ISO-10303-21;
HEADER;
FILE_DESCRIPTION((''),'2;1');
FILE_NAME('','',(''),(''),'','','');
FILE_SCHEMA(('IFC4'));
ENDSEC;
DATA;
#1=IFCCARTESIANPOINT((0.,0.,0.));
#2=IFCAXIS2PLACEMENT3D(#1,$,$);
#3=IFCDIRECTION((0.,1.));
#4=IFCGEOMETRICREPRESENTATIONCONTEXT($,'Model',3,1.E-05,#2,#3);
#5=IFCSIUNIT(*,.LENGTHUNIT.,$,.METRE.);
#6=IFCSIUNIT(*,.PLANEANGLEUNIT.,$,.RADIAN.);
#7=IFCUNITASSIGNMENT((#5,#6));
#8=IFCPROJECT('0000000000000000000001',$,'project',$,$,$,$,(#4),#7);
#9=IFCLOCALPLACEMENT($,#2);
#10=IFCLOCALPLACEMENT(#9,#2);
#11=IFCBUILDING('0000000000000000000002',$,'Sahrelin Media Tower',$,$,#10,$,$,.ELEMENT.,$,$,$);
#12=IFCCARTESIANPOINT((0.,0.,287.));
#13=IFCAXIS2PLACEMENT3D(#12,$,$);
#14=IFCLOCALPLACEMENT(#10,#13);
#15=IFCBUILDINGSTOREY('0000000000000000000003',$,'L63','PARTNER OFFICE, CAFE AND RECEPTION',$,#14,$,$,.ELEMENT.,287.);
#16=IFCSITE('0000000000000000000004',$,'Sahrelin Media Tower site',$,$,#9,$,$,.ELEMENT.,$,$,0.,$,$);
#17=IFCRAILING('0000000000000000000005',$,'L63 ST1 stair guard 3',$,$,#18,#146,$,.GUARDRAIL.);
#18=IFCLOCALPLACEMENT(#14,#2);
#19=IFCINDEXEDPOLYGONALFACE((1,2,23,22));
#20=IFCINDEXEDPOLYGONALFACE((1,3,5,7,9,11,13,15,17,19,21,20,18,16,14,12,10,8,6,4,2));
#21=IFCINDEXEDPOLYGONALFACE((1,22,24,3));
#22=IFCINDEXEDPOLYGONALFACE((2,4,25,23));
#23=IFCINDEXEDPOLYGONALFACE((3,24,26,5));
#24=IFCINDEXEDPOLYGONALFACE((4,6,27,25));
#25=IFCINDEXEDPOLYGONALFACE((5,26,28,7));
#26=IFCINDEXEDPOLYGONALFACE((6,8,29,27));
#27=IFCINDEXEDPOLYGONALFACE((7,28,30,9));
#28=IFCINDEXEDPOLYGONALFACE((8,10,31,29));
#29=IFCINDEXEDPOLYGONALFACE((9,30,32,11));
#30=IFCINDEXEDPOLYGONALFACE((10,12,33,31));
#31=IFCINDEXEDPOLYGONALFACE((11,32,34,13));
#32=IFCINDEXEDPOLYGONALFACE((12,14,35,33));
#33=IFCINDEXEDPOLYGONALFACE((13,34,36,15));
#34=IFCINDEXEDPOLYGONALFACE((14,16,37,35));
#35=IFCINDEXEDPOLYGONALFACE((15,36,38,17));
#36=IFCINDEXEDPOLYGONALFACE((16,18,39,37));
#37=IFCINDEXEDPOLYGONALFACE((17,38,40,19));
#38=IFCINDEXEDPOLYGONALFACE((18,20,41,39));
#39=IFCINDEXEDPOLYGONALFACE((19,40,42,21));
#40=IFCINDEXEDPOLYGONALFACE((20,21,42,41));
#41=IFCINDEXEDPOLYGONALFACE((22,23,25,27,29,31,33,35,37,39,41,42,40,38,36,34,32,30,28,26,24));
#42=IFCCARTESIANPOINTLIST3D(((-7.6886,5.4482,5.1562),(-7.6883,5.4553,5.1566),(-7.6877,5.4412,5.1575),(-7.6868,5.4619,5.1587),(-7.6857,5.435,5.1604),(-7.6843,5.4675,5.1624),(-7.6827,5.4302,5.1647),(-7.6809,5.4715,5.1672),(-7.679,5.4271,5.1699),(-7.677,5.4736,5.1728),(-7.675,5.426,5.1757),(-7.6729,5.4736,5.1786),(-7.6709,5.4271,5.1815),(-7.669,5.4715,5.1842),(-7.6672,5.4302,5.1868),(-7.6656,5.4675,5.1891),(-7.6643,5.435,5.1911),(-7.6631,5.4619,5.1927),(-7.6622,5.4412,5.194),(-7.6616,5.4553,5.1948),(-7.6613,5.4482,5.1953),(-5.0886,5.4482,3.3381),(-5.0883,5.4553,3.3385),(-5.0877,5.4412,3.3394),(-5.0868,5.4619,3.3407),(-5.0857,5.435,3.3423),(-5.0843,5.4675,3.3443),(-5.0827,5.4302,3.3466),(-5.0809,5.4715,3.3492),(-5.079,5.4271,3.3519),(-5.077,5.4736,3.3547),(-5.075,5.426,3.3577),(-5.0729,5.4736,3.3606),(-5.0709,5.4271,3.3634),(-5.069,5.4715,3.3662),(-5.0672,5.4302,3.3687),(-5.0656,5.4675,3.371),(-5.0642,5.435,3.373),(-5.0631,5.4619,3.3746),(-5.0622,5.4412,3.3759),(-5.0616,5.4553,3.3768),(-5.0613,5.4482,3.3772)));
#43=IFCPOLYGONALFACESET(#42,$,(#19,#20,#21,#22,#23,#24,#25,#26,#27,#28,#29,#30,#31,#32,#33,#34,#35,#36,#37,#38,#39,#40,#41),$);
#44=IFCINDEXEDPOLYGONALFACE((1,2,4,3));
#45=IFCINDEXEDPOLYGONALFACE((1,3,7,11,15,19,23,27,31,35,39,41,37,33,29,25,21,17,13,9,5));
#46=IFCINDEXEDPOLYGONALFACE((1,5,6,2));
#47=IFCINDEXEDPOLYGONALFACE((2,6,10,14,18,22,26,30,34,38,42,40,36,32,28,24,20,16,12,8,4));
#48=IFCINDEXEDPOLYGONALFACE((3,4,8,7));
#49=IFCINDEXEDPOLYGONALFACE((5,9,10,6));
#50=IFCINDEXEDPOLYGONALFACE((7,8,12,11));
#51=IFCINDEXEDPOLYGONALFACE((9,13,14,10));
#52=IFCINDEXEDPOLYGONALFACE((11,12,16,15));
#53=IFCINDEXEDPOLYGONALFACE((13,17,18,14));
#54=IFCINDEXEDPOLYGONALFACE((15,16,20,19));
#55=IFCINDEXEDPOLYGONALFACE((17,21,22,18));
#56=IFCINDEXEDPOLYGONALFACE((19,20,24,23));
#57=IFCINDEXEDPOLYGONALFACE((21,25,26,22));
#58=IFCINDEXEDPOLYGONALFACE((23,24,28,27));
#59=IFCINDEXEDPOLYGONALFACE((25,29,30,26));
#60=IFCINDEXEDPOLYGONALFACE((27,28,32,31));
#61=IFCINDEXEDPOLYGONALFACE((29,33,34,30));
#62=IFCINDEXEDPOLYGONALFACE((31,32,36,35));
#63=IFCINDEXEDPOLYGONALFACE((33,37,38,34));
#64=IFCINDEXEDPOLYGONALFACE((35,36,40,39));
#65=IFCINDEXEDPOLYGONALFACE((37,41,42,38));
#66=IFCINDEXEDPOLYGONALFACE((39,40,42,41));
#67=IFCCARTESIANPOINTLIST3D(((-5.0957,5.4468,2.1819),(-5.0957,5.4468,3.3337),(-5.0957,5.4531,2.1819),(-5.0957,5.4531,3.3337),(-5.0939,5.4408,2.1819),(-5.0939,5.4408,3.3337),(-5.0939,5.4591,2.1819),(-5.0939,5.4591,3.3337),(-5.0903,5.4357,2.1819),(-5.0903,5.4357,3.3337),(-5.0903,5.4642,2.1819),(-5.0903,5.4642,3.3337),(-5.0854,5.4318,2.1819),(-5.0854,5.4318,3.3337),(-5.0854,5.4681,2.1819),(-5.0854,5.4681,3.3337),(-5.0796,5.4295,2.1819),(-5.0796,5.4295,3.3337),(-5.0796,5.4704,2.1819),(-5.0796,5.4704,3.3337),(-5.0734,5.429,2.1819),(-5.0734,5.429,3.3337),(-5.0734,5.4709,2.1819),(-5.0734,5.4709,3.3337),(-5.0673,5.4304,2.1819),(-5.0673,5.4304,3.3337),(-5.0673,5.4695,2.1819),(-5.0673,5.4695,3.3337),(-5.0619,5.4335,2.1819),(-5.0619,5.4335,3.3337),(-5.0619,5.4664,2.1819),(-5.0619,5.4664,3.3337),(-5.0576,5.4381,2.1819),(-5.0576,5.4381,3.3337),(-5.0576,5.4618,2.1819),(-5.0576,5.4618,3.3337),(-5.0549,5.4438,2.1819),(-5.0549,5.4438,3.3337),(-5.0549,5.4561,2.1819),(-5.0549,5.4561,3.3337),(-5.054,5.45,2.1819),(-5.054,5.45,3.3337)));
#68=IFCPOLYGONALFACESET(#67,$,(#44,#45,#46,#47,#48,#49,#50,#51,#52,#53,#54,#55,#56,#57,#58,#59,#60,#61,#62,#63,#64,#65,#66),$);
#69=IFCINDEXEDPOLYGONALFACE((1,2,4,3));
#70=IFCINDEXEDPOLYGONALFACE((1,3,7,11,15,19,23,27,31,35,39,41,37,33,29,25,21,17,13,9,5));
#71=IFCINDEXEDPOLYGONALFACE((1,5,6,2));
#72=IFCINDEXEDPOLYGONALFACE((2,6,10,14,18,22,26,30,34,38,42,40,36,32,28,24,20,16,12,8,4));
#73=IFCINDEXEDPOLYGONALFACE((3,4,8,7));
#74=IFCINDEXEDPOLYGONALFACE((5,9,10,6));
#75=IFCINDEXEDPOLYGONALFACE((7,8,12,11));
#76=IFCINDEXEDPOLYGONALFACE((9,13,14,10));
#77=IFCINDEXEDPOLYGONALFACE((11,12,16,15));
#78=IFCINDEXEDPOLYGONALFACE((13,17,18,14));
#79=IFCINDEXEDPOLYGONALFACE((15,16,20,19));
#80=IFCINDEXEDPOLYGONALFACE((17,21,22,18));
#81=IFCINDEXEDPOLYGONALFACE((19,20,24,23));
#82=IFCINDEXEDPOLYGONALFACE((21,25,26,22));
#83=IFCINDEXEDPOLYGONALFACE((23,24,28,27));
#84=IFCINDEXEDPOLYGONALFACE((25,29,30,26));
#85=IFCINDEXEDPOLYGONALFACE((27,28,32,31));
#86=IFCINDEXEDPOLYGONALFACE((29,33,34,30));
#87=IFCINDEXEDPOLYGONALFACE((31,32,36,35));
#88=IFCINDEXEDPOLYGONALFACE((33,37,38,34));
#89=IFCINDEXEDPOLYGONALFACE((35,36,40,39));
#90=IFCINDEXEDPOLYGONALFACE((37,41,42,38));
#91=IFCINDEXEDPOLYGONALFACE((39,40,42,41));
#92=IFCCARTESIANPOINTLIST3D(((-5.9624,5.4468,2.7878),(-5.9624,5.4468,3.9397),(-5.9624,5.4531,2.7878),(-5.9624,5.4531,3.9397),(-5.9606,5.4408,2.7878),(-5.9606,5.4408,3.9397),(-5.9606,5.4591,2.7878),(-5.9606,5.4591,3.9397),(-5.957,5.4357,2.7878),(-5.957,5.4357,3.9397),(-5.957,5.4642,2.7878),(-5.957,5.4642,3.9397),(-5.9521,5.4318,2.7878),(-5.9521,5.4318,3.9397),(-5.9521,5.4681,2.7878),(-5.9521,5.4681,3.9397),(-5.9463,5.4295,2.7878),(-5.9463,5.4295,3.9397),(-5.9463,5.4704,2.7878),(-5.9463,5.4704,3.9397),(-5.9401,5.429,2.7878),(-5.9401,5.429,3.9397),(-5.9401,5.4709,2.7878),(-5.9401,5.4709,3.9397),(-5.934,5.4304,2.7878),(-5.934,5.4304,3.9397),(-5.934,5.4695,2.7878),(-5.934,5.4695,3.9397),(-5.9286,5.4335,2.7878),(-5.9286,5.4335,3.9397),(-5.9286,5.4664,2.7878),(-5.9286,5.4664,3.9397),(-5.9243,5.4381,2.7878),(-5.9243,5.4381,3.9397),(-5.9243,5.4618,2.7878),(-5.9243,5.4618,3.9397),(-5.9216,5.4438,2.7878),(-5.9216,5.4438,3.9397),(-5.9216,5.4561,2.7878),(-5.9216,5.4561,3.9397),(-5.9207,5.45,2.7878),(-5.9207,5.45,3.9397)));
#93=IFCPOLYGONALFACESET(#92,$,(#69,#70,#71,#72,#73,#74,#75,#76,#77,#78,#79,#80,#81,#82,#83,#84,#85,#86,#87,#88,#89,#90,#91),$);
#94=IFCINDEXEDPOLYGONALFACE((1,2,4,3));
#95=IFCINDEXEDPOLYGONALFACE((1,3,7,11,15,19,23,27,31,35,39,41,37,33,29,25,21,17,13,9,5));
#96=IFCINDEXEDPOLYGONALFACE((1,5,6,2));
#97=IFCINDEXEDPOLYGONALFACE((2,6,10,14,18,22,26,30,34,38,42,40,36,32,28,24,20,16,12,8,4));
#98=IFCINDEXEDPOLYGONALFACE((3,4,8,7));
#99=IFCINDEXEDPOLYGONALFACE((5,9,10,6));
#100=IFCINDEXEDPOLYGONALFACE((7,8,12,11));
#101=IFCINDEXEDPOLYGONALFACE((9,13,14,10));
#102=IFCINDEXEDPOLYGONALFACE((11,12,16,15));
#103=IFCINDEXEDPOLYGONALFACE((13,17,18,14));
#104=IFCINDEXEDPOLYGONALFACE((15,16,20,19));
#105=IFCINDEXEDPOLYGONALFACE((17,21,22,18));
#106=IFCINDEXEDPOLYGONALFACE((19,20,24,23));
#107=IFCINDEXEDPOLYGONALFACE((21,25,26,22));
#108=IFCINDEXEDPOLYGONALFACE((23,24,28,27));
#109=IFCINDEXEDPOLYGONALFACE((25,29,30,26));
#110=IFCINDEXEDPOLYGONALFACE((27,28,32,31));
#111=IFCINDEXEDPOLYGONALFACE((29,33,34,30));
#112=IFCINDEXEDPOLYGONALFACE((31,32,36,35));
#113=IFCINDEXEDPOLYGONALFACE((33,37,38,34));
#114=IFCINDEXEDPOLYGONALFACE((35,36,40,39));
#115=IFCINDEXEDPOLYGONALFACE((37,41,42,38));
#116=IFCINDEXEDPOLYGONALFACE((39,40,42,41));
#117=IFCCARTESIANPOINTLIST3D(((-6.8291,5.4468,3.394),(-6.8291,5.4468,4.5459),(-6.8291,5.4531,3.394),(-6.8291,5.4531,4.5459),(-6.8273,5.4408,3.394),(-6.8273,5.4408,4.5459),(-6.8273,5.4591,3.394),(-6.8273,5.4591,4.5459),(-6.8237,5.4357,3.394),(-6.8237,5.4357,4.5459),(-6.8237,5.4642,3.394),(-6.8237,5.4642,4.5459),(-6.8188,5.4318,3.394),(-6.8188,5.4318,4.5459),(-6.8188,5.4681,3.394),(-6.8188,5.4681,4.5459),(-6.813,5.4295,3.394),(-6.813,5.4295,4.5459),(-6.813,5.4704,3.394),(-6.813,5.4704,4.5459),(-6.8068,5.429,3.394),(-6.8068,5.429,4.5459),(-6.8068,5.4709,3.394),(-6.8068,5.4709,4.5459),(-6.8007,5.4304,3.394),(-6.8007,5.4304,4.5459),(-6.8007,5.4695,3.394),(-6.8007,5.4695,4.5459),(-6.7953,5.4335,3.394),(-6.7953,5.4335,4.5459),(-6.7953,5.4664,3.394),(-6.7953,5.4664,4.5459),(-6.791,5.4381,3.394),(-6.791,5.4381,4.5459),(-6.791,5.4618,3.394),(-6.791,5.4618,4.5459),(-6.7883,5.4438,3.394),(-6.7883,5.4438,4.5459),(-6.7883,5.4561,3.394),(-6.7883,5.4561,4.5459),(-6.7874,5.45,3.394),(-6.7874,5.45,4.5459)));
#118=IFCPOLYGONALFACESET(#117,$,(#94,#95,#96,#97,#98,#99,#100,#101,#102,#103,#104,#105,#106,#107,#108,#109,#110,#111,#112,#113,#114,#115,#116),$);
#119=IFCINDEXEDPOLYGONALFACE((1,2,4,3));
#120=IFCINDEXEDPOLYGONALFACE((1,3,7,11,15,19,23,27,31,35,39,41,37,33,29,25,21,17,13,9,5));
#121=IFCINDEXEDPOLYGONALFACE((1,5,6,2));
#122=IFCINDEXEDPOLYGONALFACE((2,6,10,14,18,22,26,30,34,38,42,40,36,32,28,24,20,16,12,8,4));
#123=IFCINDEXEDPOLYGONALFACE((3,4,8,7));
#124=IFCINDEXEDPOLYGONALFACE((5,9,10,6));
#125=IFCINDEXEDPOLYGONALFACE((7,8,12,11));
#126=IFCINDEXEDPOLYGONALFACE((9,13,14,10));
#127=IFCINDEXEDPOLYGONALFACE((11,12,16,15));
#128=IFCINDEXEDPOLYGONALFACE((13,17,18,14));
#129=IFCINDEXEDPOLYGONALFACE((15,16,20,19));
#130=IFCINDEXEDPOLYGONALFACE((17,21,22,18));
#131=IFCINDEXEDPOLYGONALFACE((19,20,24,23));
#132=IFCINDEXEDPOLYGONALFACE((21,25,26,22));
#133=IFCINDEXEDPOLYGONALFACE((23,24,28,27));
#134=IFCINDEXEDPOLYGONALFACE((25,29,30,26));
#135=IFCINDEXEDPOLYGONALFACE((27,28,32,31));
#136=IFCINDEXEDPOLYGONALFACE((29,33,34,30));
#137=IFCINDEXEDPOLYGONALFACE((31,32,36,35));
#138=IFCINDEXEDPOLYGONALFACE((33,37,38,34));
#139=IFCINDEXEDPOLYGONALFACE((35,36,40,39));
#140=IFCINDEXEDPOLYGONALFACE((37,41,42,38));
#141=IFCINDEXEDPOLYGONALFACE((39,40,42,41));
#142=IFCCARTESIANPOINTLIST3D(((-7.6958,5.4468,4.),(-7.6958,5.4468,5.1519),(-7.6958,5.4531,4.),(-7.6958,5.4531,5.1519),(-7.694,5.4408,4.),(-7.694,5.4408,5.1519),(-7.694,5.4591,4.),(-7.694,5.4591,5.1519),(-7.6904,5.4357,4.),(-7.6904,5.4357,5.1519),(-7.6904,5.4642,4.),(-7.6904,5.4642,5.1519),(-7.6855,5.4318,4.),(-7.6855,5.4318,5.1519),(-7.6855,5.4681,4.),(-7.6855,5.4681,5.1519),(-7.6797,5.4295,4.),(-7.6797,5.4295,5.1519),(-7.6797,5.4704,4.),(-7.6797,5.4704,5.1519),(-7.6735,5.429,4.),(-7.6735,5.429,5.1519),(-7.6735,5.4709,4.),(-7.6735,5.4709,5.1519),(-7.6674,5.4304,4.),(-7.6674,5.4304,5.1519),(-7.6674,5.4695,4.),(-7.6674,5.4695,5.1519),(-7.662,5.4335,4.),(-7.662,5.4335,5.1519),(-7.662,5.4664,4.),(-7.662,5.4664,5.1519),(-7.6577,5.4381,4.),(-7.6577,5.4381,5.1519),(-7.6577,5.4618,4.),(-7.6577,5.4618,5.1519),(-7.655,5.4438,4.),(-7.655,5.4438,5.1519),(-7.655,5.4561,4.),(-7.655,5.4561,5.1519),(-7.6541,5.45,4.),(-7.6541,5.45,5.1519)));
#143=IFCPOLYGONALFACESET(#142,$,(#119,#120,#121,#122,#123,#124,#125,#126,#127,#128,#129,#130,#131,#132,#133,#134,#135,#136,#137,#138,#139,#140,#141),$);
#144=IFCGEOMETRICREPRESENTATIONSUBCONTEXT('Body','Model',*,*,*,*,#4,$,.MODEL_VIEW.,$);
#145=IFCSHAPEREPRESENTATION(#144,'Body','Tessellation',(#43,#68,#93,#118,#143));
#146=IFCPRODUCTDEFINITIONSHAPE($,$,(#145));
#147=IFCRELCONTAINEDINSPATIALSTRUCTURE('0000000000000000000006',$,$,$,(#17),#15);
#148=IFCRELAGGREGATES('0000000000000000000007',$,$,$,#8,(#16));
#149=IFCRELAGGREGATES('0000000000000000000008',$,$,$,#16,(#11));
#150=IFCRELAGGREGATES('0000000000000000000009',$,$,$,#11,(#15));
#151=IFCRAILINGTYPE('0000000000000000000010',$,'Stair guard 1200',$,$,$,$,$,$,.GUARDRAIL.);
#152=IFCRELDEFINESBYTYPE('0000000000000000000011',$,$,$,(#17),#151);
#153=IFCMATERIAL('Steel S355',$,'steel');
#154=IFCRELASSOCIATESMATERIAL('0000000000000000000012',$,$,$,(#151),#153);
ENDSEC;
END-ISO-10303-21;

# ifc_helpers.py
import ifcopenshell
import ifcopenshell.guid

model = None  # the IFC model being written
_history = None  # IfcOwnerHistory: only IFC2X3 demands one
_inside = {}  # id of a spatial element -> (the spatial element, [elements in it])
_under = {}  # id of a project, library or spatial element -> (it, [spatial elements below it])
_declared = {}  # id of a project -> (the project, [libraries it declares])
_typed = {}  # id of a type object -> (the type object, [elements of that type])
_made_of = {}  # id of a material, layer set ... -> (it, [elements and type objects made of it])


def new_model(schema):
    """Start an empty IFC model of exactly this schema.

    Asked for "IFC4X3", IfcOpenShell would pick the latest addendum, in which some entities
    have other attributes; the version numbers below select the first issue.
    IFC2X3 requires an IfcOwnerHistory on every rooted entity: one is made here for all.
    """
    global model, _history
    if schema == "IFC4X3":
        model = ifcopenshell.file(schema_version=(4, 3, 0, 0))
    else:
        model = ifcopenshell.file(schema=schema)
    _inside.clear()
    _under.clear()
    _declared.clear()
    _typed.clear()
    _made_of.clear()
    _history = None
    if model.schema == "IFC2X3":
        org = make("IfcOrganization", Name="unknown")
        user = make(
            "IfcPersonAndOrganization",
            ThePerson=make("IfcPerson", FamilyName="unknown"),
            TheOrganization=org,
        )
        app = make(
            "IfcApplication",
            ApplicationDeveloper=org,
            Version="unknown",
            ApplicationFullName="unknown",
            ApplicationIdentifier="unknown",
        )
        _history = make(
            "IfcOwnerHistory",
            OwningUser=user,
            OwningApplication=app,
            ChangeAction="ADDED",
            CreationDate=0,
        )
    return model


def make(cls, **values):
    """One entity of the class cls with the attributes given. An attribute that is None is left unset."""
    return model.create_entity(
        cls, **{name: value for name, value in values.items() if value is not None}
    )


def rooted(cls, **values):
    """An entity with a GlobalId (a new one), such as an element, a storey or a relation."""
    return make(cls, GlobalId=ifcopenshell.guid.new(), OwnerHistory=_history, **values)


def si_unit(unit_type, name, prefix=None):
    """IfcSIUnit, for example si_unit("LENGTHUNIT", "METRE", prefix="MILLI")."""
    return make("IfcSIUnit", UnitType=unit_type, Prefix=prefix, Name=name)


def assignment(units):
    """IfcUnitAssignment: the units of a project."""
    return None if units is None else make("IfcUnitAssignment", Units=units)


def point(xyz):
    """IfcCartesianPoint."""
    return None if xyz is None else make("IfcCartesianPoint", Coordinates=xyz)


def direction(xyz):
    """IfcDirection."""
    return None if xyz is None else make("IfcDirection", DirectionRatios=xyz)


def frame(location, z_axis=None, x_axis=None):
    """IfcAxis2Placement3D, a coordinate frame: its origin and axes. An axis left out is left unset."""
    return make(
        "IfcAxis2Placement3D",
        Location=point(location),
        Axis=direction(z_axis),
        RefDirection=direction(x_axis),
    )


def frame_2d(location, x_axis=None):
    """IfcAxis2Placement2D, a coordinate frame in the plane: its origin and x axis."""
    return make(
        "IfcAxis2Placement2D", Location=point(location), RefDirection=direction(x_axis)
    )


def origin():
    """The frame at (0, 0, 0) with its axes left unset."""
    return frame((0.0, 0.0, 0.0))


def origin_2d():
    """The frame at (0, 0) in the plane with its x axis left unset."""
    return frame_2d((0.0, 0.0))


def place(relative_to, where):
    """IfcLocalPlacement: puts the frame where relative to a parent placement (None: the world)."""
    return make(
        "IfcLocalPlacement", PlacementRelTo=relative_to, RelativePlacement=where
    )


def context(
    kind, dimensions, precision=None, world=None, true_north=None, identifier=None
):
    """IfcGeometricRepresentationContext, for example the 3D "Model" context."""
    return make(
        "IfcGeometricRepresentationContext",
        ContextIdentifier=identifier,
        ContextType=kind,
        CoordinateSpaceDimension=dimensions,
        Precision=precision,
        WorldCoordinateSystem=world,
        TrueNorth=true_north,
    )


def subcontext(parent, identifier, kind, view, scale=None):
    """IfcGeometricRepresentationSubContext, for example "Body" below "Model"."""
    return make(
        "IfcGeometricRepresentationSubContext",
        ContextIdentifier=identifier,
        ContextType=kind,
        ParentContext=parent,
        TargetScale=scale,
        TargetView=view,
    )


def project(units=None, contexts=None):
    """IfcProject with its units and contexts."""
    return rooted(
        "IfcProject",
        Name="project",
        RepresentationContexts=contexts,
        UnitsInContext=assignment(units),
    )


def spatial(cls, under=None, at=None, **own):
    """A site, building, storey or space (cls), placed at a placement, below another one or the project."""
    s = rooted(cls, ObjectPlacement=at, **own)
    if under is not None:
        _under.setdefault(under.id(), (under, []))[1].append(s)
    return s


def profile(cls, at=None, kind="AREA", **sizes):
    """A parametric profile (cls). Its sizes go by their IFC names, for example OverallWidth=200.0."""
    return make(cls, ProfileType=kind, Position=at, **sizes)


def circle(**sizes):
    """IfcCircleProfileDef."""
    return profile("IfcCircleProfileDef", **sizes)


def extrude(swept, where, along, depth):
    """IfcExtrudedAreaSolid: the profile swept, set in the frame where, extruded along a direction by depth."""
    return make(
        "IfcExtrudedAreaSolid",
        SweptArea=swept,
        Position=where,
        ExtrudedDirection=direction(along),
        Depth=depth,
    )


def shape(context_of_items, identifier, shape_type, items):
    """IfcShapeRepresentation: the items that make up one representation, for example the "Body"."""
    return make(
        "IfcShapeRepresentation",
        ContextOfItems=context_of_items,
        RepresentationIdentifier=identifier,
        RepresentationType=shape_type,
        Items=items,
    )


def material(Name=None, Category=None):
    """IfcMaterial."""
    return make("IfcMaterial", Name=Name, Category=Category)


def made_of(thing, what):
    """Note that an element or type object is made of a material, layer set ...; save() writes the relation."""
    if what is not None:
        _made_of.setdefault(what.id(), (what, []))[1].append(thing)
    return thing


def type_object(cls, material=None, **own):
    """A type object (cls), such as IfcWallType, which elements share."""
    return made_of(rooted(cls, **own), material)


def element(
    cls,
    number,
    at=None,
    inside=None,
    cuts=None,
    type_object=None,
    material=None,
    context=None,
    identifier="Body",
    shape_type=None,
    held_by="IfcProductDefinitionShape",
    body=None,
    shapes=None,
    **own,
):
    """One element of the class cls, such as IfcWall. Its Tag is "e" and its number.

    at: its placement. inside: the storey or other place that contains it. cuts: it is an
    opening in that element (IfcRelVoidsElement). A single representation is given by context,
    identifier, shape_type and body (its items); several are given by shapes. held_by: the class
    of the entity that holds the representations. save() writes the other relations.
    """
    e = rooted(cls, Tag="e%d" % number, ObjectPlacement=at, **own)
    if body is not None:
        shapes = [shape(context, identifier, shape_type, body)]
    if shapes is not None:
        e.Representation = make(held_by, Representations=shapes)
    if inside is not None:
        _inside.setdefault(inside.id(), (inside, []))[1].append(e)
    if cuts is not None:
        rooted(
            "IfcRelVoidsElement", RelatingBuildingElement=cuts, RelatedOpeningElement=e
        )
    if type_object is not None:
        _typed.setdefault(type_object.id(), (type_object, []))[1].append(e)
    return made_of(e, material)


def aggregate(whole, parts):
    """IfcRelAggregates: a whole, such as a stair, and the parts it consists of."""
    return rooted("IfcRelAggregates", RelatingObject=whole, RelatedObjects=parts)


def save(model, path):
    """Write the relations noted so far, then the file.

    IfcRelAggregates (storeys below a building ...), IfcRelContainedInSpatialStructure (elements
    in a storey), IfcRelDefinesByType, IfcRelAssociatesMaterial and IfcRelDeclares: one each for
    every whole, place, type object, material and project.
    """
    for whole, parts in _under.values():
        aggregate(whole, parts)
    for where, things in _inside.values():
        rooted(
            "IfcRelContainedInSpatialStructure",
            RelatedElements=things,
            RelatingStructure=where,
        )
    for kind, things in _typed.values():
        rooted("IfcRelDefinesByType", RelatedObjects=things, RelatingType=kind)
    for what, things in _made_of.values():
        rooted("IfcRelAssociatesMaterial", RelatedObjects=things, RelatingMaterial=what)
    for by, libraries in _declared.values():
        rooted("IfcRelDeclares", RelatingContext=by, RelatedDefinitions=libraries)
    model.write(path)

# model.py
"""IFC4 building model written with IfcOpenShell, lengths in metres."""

from ifc_helpers import new_model, si_unit, direction, frame, origin, origin_2d, place, context, subcontext, project, spatial, circle, extrude, material, type_object, element, save


model = new_model("IFC4")

# Units and contexts
model_context = context("Model", 3, precision=1e-05, world=origin(), true_north=direction((0.0, 1.0)))
body_context = subcontext(model_context, "Body", "Model", "MODEL_VIEW")
ifc_project = project(units=[si_unit("LENGTHUNIT", "METRE"), si_unit("PLANEANGLEUNIT", "RADIAN")], contexts=[model_context])

# Site, building, storey
site_placement = place(None, origin())
site = spatial("IfcSite", under=ifc_project, at=site_placement, Name="Sahrelin Media Tower site", CompositionType="ELEMENT", RefElevation=0.0)
building_placement = place(site_placement, origin())
building = spatial("IfcBuilding", under=site, at=building_placement, Name="Sahrelin Media Tower", CompositionType="ELEMENT")
storey_placement = place(building_placement, frame((0.0, 0.0, 287.0)))
storey = spatial("IfcBuildingStorey", under=building, at=storey_placement, Name="L63", Description="PARTNER OFFICE, CAFE AND RECEPTION", CompositionType="ELEMENT", Elevation=287.0)

# Shared definitions
ifc_material_1 = material(Name="Steel S355", Category="steel")

# Railing
railing_type_1 = type_object("IfcRailingType", Name="Stair guard 1200", PredefinedType="GUARDRAIL", material=ifc_material_1)
railing_1_placement = place(storey_placement, frame((-5.075, 5.45, 2.1819)))
element("IfcRailing", 1, at=railing_1_placement, inside=storey, type_object=railing_type_1, Name="L63 ST1 stair guard 3", PredefinedType="GUARDRAIL", context=body_context, shape_type="SweptSolid", body=[
    extrude(circle(Radius=0.0239, at=origin_2d()), frame((0.0, 0.0, 1.1758), z_axis=(-0.819521, 0.0, 0.573049), x_axis=(0.0, -1.0, 0.0)), (0.0, 0.0, 1.0), 3.1726),
    extrude(circle(Radius=0.021, at=origin_2d()), origin(), (0.0, 0.0, 1.0), 1.1519),
    extrude(circle(Radius=0.021, at=origin_2d()), frame((-0.8667, 0.0, 0.606)), (0.0, 0.0, 1.0), 1.1519),
    extrude(circle(Radius=0.021, at=origin_2d()), frame((-1.7334, 0.0, 1.2122)), (0.0, 0.0, 1.0), 1.1519),
    extrude(circle(Radius=0.021, at=origin_2d()), frame((-2.6001, 0.0, 1.8181)), (0.0, 0.0, 1.0), 1.1519),
])

save(model, "model.ifc")
